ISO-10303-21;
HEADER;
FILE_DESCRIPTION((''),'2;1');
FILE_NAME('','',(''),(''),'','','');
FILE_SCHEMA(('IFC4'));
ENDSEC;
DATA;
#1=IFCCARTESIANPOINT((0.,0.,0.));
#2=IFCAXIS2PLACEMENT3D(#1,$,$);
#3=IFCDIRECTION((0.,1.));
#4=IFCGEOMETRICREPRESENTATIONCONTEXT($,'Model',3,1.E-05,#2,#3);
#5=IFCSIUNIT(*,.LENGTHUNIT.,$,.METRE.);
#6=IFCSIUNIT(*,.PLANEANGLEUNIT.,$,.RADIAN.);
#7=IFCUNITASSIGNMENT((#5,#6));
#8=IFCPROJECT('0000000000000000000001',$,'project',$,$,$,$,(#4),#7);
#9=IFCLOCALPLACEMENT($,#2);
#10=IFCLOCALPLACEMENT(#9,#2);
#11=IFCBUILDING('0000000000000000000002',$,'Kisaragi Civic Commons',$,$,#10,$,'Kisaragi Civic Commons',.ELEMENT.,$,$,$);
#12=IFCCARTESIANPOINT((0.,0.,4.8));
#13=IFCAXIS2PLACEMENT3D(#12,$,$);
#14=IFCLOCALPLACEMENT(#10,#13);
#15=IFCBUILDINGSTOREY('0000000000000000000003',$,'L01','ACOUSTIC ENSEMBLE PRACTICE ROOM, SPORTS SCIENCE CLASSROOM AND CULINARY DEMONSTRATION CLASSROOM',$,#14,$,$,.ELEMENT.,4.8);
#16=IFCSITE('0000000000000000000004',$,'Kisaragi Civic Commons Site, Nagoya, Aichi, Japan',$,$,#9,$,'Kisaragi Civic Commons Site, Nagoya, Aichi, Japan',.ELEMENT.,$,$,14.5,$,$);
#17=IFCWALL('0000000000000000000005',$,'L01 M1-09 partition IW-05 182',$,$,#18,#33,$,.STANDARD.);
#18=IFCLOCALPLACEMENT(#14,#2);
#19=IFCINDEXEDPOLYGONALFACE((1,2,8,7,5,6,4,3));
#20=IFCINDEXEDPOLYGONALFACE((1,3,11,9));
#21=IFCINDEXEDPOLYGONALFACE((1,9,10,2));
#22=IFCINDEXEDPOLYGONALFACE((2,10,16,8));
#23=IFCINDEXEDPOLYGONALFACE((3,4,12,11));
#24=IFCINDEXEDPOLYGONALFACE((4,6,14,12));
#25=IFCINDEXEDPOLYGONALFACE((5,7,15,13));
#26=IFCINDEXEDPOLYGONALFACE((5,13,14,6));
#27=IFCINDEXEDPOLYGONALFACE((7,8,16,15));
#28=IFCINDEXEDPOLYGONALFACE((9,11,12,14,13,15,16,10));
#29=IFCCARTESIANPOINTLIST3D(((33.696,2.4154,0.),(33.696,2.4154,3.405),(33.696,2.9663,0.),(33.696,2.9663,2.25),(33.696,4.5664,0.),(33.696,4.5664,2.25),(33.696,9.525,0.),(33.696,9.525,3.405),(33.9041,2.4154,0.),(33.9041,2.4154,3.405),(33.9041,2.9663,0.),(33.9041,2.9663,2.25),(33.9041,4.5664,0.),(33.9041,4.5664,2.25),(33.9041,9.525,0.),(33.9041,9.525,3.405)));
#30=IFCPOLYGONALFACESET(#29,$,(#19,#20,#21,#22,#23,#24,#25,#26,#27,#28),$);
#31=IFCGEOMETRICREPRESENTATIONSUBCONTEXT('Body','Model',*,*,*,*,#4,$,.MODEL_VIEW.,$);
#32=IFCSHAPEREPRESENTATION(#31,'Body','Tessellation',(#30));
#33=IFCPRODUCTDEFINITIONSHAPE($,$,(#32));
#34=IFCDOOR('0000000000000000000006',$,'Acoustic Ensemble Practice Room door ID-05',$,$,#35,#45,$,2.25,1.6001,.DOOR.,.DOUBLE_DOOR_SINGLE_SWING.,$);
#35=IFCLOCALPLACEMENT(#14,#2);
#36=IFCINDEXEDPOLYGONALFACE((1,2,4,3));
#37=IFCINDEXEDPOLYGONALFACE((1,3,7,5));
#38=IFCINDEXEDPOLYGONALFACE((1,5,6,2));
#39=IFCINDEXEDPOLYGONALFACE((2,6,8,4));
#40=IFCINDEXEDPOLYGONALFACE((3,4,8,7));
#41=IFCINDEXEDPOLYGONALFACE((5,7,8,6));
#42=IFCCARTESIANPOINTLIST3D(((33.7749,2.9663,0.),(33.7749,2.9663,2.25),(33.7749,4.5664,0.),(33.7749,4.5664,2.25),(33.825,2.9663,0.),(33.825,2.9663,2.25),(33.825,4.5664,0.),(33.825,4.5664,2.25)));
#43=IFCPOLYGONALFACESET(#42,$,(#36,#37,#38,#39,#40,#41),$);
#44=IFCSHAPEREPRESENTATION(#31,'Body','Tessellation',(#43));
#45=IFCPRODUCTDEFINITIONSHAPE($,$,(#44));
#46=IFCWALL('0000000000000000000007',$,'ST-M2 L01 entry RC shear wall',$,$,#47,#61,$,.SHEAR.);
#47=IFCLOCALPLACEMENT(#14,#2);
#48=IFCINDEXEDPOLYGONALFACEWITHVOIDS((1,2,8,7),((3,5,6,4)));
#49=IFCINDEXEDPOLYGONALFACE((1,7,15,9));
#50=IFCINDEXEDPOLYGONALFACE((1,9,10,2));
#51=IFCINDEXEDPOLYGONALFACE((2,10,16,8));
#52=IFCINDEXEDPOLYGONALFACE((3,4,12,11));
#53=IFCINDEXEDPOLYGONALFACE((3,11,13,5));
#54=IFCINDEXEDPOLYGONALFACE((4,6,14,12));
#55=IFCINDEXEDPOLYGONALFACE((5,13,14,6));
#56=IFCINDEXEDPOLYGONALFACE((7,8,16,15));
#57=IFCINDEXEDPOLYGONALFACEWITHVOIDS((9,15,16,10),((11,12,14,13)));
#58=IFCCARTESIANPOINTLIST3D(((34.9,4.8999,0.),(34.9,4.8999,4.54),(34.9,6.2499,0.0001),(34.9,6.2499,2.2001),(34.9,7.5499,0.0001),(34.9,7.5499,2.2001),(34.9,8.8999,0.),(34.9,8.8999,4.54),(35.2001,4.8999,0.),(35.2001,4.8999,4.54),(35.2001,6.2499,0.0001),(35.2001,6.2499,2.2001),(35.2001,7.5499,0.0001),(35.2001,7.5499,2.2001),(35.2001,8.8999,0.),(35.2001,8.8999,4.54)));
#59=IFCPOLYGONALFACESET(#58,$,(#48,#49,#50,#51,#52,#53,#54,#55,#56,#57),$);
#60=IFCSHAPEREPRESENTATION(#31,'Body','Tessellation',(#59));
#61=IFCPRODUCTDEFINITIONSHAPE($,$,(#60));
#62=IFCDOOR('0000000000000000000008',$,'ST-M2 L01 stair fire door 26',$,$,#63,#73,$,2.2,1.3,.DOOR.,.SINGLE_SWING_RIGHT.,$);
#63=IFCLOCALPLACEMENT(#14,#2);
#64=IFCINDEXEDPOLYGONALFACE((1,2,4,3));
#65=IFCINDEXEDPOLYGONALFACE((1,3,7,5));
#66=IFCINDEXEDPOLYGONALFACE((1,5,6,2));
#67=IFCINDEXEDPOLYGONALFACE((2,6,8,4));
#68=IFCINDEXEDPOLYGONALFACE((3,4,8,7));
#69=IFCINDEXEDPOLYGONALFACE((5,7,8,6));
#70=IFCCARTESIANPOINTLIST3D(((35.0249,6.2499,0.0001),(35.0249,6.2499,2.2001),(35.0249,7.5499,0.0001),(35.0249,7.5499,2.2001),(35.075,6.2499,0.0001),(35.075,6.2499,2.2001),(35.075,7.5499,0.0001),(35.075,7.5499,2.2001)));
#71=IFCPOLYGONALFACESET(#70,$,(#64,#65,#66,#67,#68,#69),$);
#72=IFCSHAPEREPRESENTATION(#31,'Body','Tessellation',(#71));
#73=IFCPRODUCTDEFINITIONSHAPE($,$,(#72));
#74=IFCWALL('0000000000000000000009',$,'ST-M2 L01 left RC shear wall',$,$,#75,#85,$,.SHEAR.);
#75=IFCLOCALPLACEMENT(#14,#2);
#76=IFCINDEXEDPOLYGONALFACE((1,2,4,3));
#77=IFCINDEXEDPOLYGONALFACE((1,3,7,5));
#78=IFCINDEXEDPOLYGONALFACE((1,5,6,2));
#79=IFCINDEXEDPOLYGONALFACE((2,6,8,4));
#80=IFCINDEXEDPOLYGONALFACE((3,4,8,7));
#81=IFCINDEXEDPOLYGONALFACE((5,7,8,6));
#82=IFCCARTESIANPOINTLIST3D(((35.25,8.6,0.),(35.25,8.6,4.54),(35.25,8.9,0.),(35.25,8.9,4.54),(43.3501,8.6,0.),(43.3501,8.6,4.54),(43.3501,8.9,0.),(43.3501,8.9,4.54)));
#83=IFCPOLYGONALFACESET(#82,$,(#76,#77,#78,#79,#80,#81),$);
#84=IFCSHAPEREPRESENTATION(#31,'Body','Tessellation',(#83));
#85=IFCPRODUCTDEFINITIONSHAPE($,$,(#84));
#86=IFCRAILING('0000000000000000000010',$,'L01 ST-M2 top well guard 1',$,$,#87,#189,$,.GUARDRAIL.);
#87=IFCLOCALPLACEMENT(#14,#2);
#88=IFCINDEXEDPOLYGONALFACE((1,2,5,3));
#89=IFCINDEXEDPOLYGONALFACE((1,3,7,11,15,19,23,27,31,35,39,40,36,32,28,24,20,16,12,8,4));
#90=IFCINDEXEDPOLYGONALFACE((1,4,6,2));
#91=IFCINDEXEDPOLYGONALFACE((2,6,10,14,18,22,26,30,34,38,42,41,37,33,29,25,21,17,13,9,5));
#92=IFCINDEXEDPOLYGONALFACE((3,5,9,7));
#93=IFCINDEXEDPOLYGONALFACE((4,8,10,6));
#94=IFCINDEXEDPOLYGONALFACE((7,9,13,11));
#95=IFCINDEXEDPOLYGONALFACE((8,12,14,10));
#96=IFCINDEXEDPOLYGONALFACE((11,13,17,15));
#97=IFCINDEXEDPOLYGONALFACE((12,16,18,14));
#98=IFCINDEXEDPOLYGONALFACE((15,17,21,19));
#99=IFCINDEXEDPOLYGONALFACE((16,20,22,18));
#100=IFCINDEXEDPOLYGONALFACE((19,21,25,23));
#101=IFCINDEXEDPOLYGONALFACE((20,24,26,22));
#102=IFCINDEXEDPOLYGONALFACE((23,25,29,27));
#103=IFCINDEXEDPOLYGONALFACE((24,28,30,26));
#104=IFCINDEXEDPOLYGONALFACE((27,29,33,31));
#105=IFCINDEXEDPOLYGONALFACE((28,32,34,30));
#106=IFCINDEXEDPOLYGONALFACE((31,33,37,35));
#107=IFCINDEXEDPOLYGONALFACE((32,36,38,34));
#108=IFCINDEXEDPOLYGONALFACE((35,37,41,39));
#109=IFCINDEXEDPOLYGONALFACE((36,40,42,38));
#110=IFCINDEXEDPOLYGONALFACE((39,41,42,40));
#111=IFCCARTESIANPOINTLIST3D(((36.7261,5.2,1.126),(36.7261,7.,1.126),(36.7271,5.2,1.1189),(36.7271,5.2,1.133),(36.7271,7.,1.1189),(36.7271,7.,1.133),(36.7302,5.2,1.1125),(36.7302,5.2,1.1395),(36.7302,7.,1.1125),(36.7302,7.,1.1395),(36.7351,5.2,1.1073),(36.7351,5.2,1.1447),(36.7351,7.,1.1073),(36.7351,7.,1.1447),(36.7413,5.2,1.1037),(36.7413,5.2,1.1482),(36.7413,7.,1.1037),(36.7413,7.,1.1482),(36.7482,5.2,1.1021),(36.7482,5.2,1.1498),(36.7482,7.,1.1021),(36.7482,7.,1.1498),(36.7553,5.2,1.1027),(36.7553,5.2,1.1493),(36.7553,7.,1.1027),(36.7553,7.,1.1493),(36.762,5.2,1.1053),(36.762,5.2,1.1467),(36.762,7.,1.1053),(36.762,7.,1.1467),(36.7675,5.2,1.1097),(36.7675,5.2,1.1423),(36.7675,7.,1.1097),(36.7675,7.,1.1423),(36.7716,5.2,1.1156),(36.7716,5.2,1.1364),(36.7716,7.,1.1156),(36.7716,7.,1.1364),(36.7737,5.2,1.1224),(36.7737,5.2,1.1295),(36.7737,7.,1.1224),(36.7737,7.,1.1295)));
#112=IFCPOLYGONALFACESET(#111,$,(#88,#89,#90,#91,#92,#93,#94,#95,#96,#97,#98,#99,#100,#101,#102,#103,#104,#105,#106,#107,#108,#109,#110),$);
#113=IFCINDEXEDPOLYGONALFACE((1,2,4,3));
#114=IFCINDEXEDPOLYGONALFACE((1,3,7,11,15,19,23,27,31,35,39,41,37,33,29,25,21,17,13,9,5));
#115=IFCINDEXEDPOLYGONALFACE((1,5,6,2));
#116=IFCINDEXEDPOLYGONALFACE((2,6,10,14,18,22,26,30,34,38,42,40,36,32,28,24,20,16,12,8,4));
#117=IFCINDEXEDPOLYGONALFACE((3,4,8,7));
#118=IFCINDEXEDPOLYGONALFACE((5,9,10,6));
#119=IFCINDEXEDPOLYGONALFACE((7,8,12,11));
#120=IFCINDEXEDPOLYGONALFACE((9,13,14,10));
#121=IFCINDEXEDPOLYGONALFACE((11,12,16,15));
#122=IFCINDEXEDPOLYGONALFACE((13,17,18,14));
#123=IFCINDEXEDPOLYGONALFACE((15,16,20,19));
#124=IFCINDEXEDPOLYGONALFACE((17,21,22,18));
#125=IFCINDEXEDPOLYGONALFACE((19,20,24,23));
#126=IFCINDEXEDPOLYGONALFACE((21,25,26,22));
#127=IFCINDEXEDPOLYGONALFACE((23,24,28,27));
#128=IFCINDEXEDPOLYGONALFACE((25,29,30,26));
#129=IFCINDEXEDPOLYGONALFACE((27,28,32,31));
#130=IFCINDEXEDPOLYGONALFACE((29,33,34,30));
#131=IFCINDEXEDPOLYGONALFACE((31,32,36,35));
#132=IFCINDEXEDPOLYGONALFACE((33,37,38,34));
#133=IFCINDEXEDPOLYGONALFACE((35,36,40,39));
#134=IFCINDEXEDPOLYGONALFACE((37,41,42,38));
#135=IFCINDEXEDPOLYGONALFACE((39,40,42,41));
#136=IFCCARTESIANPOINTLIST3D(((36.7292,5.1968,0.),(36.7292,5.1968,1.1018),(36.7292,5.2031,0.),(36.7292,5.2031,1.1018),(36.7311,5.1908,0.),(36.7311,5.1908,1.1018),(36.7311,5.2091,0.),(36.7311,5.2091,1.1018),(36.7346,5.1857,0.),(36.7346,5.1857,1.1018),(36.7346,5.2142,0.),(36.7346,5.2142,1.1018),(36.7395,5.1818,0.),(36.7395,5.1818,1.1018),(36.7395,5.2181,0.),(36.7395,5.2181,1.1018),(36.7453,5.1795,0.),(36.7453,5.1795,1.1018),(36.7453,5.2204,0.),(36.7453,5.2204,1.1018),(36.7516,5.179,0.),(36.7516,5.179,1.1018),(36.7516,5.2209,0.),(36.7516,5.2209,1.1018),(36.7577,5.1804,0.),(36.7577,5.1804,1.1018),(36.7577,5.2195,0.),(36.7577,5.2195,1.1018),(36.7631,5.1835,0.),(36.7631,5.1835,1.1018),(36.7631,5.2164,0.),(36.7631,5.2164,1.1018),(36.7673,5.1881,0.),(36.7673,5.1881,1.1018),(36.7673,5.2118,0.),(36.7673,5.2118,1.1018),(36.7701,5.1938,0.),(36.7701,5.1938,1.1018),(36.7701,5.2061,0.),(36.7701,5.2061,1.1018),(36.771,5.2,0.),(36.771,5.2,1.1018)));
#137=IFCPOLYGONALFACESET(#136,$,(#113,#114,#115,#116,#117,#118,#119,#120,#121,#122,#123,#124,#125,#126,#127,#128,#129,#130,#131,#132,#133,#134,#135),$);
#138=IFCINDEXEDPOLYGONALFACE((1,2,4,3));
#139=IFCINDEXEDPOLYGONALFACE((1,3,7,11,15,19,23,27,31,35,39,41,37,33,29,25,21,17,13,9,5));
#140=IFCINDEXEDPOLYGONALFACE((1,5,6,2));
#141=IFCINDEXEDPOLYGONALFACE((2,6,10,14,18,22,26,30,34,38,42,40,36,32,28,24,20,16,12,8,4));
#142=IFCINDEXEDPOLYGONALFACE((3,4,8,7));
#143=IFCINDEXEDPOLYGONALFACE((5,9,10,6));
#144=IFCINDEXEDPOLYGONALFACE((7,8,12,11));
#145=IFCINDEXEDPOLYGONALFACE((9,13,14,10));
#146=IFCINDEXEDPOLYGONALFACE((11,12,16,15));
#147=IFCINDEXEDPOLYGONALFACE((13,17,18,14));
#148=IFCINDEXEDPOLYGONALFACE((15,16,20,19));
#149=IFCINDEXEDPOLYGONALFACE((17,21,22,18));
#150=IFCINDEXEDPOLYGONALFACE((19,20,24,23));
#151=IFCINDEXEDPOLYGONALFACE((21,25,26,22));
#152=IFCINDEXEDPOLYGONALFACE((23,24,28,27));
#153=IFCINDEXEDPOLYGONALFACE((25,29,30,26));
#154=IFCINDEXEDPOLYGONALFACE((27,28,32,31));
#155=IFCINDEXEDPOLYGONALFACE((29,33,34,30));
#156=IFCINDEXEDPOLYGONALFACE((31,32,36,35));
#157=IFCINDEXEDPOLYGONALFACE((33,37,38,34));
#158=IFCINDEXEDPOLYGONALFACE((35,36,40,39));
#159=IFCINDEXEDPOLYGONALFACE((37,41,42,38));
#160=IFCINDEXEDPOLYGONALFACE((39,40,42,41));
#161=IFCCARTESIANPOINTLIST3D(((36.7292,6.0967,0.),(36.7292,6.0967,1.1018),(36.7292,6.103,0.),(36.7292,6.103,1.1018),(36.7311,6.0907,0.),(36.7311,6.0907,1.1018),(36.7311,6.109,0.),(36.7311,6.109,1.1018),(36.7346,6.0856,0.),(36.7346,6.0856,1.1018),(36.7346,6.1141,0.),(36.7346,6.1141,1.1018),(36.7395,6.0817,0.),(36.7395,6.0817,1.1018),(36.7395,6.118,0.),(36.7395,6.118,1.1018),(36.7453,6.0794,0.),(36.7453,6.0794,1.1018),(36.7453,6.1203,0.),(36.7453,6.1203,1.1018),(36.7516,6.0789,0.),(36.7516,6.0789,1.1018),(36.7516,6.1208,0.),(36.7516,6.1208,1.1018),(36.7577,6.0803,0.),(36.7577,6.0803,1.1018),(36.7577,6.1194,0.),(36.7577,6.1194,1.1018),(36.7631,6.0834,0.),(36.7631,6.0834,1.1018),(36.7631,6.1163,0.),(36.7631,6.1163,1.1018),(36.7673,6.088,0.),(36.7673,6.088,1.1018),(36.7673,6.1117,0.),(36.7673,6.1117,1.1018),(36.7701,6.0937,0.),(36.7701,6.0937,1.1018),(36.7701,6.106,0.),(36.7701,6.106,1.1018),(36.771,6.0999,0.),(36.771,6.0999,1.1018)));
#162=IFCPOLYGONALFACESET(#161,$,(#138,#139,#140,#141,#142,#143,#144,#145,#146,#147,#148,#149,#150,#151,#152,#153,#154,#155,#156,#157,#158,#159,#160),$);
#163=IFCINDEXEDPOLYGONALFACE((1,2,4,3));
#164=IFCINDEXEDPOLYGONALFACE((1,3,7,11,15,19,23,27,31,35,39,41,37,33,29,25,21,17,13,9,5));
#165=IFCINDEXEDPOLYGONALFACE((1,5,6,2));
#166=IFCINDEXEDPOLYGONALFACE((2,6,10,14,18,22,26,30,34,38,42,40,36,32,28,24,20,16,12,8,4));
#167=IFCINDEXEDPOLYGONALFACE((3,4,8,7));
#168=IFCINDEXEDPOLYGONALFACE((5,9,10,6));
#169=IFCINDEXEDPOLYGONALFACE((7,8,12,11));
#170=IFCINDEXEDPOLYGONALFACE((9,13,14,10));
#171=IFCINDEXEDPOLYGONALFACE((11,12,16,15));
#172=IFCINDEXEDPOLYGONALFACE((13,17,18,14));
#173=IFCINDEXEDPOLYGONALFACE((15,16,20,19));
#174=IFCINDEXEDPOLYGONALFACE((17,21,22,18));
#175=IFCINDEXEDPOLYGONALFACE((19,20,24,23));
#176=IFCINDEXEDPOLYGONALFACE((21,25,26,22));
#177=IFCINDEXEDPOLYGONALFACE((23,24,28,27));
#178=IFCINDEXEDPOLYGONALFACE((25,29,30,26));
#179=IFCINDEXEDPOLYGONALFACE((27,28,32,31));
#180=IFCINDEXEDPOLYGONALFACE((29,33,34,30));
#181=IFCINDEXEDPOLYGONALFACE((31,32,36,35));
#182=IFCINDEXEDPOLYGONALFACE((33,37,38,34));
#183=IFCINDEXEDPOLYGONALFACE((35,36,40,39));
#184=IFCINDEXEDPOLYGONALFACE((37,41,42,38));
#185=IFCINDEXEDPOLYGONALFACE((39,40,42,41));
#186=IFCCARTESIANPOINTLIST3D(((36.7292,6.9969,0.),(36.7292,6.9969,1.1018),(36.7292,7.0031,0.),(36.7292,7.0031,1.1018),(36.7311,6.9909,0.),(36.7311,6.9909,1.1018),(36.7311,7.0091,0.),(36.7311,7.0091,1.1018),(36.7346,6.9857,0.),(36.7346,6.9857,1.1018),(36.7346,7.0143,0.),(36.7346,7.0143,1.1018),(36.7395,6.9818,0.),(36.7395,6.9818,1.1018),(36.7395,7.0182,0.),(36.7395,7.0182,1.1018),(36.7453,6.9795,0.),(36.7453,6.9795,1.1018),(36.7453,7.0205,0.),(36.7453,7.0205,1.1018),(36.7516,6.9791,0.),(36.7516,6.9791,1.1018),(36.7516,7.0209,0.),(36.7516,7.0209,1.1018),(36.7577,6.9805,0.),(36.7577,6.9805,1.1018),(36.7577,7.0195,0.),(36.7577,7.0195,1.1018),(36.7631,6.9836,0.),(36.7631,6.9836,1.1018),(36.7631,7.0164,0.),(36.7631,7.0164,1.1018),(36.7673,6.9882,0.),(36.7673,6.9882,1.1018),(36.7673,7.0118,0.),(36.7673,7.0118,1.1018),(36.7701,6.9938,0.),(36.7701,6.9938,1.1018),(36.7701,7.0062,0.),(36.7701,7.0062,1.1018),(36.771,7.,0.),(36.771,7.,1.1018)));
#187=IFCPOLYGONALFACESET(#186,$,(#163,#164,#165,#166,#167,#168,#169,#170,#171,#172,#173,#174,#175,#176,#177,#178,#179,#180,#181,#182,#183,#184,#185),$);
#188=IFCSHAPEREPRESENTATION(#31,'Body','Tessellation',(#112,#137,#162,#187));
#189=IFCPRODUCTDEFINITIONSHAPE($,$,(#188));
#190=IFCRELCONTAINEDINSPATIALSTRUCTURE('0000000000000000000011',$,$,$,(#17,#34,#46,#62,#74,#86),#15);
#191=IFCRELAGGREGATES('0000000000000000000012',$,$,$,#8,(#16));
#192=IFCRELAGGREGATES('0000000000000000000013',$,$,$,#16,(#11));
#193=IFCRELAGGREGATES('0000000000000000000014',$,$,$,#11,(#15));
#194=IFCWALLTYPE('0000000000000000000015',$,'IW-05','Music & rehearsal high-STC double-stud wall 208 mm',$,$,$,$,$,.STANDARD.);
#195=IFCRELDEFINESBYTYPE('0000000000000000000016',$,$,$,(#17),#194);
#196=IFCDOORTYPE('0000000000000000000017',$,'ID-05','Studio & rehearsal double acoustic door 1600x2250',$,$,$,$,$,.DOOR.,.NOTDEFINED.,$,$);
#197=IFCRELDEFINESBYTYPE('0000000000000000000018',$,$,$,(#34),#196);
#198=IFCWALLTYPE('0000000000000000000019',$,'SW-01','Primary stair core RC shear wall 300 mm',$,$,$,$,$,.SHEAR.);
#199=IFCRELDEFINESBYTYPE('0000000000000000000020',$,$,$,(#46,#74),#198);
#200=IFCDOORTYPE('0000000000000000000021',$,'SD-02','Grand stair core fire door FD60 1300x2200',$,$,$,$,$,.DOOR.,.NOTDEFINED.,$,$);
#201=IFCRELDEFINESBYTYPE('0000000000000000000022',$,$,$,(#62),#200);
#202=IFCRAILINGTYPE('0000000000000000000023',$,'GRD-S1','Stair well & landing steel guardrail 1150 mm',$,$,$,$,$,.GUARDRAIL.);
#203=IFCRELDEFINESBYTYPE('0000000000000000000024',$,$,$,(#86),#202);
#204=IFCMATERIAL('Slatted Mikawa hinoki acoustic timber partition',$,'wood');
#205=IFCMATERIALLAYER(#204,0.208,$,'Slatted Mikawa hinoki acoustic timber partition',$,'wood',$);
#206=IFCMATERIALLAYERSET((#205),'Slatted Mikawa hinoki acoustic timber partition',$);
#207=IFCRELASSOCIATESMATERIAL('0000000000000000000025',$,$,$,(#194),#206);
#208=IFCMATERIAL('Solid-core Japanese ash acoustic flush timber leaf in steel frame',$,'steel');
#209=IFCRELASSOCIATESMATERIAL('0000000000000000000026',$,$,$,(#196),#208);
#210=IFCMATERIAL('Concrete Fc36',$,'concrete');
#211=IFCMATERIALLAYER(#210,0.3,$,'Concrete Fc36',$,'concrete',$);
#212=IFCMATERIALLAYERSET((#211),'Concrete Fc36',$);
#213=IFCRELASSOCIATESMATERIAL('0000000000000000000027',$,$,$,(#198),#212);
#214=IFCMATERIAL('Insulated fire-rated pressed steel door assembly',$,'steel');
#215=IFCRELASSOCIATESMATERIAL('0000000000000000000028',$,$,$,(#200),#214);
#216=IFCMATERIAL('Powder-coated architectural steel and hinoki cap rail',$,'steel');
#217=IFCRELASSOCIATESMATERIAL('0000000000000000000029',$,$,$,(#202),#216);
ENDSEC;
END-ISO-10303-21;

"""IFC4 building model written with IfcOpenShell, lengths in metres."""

from ifc_helpers import new_model, si_unit, direction, frame, frame_2d, origin, origin_2d, place, context, subcontext, project, spatial, rectangle, circle, extrude, material, layer, layer_set, type_object, element, fill, save


model = new_model("IFC4")

# Units and contexts
model_context = context("Model", 3, precision=1e-05, world=origin(), true_north=direction((0.0, 1.0)))
body_context = subcontext(model_context, "Body", "Model", "MODEL_VIEW")
ifc_project = project(units=[si_unit("LENGTHUNIT", "METRE"), si_unit("PLANEANGLEUNIT", "RADIAN")], contexts=[model_context])

# Site, building, storey
site_placement = place(None, origin())
site = spatial("IfcSite", under=ifc_project, at=site_placement, Name="Kisaragi Civic Commons Site, Nagoya, Aichi, Japan", LongName="Kisaragi Civic Commons Site, Nagoya, Aichi, Japan", CompositionType="ELEMENT", RefElevation=14.5)
building_placement = place(site_placement, origin())
building = spatial("IfcBuilding", under=site, at=building_placement, Name="Kisaragi Civic Commons", LongName="Kisaragi Civic Commons", CompositionType="ELEMENT")
storey_placement = place(building_placement, frame((0.0, 0.0, 4.8)))
storey = spatial("IfcBuildingStorey", under=building, at=storey_placement, Name="L01", Description="ACOUSTIC ENSEMBLE PRACTICE ROOM, SPORTS SCIENCE CLASSROOM AND CULINARY DEMONSTRATION CLASSROOM", CompositionType="ELEMENT", Elevation=4.8)

# Shared definitions
ifc_material_1 = material(Name="Concrete Fc36", Category="concrete")

# Walls, openings, doors
ifc_material_2 = material(Name="Slatted Mikawa hinoki acoustic timber partition", Category="wood")
ifc_layer_1 = layer(ifc_material_2, 0.208, Name="Slatted Mikawa hinoki acoustic timber partition", Category="wood")
ifc_layer_set_1 = layer_set([ifc_layer_1], Name="Slatted Mikawa hinoki acoustic timber partition")
wall_type_1 = type_object("IfcWallType", Name="IW-05", Description="Music & rehearsal high-STC double-stud wall 208 mm", PredefinedType="STANDARD", material=ifc_layer_set_1)
wall_1_placement = place(storey_placement, frame((33.8, 9.5249, 0.0), z_axis=(0.0, 0.0, 1.0), x_axis=(0.0, -1.0, 0.0)))
wall_1 = element("IfcWall", 1, at=wall_1_placement, inside=storey, type_object=wall_type_1, Name="L01 M1-09 partition IW-05 182", PredefinedType="STANDARD", context=body_context, shape_type="SweptSolid", body=[
    extrude(rectangle(XDim=7.1096, YDim=0.208, at=frame_2d((3.5547, 0.0))), origin(), (0.0, 0.0, 1.0), 3.405),
])
opening_1_placement = place(wall_1_placement, frame((4.9585, 0.0, 0.0)))
opening_1 = element("IfcOpeningElement", 2, at=opening_1_placement, cuts=wall_1, PredefinedType="OPENING", context=body_context, shape_type="SweptSolid", body=[
    extrude(rectangle(XDim=1.6001, YDim=2.25, at=frame_2d((0.8, 1.125))), frame((0.0, 0.114, 0.0), z_axis=(0.0, -1.0, 0.0), x_axis=(1.0, 0.0, 0.0)), (0.0, 0.0, 1.0), 0.228),
])
ifc_material_3 = material(Name="Solid-core Japanese ash acoustic flush timber leaf in steel frame", Category="steel")
door_type_1 = type_object("IfcDoorType", Name="ID-05", Description="Studio & rehearsal double acoustic door 1600x2250", OperationType="NOTDEFINED", PredefinedType="DOOR", material=ifc_material_3)
door_1_placement = place(opening_1_placement, origin())
door_1 = element("IfcDoor", 3, at=door_1_placement, inside=storey, type_object=door_type_1, Name="Acoustic Ensemble Practice Room door ID-05", OperationType="DOUBLE_DOOR_SINGLE_SWING", OverallHeight=2.25, OverallWidth=1.6001, PredefinedType="DOOR", context=body_context, shape_type="SweptSolid", body=[
    extrude(rectangle(XDim=1.6001, YDim=2.25, at=frame_2d((0.8, 1.125))), frame((0.0, 0.0249, 0.0), z_axis=(0.0, -1.0, 0.0), x_axis=(1.0, 0.0, 0.0)), (0.0, 0.0, 1.0), 0.05),
])
fill(opening_1, door_1)
ifc_layer_2 = layer(ifc_material_1, 0.3, Name="Concrete Fc36", Category="concrete")
ifc_layer_set_2 = layer_set([ifc_layer_2], Name="Concrete Fc36")
wall_type_2 = type_object("IfcWallType", Name="SW-01", Description="Primary stair core RC shear wall 300 mm", PredefinedType="SHEAR", material=ifc_layer_set_2)
wall_2_placement = place(storey_placement, frame((35.05, 8.8999, 0.0), z_axis=(0.0, 0.0, 1.0), x_axis=(0.0, -1.0, 0.0)))
wall_2 = element("IfcWall", 4, at=wall_2_placement, inside=storey, type_object=wall_type_2, Name="ST-M2 L01 entry RC shear wall", PredefinedType="SHEAR", context=body_context, shape_type="SweptSolid", body=[
    extrude(rectangle(XDim=4.0, YDim=0.3, at=frame_2d((2.0, 0.0))), origin(), (0.0, 0.0, 1.0), 4.54),
])
opening_2_placement = place(wall_2_placement, frame((1.3501, 0.0, 0.0)))
opening_2 = element("IfcOpeningElement", 5, at=opening_2_placement, cuts=wall_2, PredefinedType="OPENING", context=body_context, shape_type="SweptSolid", body=[
    extrude(rectangle(XDim=1.3, YDim=2.2, at=frame_2d((0.6499, 1.1001))), frame((0.0, 0.1599, 0.0), z_axis=(0.0, -1.0, 0.0), x_axis=(1.0, 0.0, 0.0)), (0.0, 0.0, 1.0), 0.3201),
])
ifc_material_4 = material(Name="Insulated fire-rated pressed steel door assembly", Category="steel")
door_type_2 = type_object("IfcDoorType", Name="SD-02", Description="Grand stair core fire door FD60 1300x2200", OperationType="NOTDEFINED", PredefinedType="DOOR", material=ifc_material_4)
door_2_placement = place(opening_2_placement, origin())
door_2 = element("IfcDoor", 6, at=door_2_placement, inside=storey, type_object=door_type_2, Name="ST-M2 L01 stair fire door 26", OperationType="SINGLE_SWING_RIGHT", OverallHeight=2.2, OverallWidth=1.3, PredefinedType="DOOR", context=body_context, shape_type="SweptSolid", body=[
    extrude(rectangle(XDim=1.3, YDim=2.2, at=frame_2d((0.6499, 1.1001))), frame((0.0, 0.0249, 0.0), z_axis=(0.0, -1.0, 0.0), x_axis=(1.0, 0.0, 0.0)), (0.0, 0.0, 1.0), 0.05),
])
fill(opening_2, door_2)

# Wall
wall_3_placement = place(storey_placement, frame((43.3501, 8.75, 0.0), z_axis=(0.0, 0.0, 1.0), x_axis=(-1.0, 0.0, 0.0)))
element("IfcWall", 7, at=wall_3_placement, inside=storey, type_object=wall_type_2, Name="ST-M2 L01 left RC shear wall", PredefinedType="SHEAR", context=body_context, shape_type="SweptSolid", body=[
    extrude(rectangle(XDim=8.1001, YDim=0.3, at=frame_2d((4.05, 0.0))), origin(), (0.0, 0.0, 1.0), 4.54),
])

# Railing
ifc_material_5 = material(Name="Powder-coated architectural steel and hinoki cap rail", Category="steel")
railing_type_1 = type_object("IfcRailingType", Name="GRD-S1", Description="Stair well & landing steel guardrail 1150 mm", PredefinedType="GUARDRAIL", material=ifc_material_5)
railing_1_placement = place(storey_placement, frame((36.75, 5.2, 0.0)))
element("IfcRailing", 8, at=railing_1_placement, inside=storey, type_object=railing_type_1, Name="L01 ST-M2 top well guard 1", PredefinedType="GUARDRAIL", context=body_context, shape_type="SweptSolid", body=[
    extrude(circle(Radius=0.0239, at=origin_2d()), frame((0.0, 0.0, 1.126), z_axis=(0.0, 1.0, 0.0), x_axis=(-1.0, 0.0, 0.0)), (0.0, 0.0, 1.0), 1.8),
    extrude(circle(Radius=0.021, at=origin_2d()), origin(), (0.0, 0.0, 1.0), 1.1018),
    extrude(circle(Radius=0.021, at=origin_2d()), frame((0.0, 0.8999, 0.0)), (0.0, 0.0, 1.0), 1.1018),
    extrude(circle(Radius=0.021, at=origin_2d()), frame((0.0, 1.8, 0.0)), (0.0, 0.0, 1.0), 1.1018),
])

save(model, "model.ifc")
